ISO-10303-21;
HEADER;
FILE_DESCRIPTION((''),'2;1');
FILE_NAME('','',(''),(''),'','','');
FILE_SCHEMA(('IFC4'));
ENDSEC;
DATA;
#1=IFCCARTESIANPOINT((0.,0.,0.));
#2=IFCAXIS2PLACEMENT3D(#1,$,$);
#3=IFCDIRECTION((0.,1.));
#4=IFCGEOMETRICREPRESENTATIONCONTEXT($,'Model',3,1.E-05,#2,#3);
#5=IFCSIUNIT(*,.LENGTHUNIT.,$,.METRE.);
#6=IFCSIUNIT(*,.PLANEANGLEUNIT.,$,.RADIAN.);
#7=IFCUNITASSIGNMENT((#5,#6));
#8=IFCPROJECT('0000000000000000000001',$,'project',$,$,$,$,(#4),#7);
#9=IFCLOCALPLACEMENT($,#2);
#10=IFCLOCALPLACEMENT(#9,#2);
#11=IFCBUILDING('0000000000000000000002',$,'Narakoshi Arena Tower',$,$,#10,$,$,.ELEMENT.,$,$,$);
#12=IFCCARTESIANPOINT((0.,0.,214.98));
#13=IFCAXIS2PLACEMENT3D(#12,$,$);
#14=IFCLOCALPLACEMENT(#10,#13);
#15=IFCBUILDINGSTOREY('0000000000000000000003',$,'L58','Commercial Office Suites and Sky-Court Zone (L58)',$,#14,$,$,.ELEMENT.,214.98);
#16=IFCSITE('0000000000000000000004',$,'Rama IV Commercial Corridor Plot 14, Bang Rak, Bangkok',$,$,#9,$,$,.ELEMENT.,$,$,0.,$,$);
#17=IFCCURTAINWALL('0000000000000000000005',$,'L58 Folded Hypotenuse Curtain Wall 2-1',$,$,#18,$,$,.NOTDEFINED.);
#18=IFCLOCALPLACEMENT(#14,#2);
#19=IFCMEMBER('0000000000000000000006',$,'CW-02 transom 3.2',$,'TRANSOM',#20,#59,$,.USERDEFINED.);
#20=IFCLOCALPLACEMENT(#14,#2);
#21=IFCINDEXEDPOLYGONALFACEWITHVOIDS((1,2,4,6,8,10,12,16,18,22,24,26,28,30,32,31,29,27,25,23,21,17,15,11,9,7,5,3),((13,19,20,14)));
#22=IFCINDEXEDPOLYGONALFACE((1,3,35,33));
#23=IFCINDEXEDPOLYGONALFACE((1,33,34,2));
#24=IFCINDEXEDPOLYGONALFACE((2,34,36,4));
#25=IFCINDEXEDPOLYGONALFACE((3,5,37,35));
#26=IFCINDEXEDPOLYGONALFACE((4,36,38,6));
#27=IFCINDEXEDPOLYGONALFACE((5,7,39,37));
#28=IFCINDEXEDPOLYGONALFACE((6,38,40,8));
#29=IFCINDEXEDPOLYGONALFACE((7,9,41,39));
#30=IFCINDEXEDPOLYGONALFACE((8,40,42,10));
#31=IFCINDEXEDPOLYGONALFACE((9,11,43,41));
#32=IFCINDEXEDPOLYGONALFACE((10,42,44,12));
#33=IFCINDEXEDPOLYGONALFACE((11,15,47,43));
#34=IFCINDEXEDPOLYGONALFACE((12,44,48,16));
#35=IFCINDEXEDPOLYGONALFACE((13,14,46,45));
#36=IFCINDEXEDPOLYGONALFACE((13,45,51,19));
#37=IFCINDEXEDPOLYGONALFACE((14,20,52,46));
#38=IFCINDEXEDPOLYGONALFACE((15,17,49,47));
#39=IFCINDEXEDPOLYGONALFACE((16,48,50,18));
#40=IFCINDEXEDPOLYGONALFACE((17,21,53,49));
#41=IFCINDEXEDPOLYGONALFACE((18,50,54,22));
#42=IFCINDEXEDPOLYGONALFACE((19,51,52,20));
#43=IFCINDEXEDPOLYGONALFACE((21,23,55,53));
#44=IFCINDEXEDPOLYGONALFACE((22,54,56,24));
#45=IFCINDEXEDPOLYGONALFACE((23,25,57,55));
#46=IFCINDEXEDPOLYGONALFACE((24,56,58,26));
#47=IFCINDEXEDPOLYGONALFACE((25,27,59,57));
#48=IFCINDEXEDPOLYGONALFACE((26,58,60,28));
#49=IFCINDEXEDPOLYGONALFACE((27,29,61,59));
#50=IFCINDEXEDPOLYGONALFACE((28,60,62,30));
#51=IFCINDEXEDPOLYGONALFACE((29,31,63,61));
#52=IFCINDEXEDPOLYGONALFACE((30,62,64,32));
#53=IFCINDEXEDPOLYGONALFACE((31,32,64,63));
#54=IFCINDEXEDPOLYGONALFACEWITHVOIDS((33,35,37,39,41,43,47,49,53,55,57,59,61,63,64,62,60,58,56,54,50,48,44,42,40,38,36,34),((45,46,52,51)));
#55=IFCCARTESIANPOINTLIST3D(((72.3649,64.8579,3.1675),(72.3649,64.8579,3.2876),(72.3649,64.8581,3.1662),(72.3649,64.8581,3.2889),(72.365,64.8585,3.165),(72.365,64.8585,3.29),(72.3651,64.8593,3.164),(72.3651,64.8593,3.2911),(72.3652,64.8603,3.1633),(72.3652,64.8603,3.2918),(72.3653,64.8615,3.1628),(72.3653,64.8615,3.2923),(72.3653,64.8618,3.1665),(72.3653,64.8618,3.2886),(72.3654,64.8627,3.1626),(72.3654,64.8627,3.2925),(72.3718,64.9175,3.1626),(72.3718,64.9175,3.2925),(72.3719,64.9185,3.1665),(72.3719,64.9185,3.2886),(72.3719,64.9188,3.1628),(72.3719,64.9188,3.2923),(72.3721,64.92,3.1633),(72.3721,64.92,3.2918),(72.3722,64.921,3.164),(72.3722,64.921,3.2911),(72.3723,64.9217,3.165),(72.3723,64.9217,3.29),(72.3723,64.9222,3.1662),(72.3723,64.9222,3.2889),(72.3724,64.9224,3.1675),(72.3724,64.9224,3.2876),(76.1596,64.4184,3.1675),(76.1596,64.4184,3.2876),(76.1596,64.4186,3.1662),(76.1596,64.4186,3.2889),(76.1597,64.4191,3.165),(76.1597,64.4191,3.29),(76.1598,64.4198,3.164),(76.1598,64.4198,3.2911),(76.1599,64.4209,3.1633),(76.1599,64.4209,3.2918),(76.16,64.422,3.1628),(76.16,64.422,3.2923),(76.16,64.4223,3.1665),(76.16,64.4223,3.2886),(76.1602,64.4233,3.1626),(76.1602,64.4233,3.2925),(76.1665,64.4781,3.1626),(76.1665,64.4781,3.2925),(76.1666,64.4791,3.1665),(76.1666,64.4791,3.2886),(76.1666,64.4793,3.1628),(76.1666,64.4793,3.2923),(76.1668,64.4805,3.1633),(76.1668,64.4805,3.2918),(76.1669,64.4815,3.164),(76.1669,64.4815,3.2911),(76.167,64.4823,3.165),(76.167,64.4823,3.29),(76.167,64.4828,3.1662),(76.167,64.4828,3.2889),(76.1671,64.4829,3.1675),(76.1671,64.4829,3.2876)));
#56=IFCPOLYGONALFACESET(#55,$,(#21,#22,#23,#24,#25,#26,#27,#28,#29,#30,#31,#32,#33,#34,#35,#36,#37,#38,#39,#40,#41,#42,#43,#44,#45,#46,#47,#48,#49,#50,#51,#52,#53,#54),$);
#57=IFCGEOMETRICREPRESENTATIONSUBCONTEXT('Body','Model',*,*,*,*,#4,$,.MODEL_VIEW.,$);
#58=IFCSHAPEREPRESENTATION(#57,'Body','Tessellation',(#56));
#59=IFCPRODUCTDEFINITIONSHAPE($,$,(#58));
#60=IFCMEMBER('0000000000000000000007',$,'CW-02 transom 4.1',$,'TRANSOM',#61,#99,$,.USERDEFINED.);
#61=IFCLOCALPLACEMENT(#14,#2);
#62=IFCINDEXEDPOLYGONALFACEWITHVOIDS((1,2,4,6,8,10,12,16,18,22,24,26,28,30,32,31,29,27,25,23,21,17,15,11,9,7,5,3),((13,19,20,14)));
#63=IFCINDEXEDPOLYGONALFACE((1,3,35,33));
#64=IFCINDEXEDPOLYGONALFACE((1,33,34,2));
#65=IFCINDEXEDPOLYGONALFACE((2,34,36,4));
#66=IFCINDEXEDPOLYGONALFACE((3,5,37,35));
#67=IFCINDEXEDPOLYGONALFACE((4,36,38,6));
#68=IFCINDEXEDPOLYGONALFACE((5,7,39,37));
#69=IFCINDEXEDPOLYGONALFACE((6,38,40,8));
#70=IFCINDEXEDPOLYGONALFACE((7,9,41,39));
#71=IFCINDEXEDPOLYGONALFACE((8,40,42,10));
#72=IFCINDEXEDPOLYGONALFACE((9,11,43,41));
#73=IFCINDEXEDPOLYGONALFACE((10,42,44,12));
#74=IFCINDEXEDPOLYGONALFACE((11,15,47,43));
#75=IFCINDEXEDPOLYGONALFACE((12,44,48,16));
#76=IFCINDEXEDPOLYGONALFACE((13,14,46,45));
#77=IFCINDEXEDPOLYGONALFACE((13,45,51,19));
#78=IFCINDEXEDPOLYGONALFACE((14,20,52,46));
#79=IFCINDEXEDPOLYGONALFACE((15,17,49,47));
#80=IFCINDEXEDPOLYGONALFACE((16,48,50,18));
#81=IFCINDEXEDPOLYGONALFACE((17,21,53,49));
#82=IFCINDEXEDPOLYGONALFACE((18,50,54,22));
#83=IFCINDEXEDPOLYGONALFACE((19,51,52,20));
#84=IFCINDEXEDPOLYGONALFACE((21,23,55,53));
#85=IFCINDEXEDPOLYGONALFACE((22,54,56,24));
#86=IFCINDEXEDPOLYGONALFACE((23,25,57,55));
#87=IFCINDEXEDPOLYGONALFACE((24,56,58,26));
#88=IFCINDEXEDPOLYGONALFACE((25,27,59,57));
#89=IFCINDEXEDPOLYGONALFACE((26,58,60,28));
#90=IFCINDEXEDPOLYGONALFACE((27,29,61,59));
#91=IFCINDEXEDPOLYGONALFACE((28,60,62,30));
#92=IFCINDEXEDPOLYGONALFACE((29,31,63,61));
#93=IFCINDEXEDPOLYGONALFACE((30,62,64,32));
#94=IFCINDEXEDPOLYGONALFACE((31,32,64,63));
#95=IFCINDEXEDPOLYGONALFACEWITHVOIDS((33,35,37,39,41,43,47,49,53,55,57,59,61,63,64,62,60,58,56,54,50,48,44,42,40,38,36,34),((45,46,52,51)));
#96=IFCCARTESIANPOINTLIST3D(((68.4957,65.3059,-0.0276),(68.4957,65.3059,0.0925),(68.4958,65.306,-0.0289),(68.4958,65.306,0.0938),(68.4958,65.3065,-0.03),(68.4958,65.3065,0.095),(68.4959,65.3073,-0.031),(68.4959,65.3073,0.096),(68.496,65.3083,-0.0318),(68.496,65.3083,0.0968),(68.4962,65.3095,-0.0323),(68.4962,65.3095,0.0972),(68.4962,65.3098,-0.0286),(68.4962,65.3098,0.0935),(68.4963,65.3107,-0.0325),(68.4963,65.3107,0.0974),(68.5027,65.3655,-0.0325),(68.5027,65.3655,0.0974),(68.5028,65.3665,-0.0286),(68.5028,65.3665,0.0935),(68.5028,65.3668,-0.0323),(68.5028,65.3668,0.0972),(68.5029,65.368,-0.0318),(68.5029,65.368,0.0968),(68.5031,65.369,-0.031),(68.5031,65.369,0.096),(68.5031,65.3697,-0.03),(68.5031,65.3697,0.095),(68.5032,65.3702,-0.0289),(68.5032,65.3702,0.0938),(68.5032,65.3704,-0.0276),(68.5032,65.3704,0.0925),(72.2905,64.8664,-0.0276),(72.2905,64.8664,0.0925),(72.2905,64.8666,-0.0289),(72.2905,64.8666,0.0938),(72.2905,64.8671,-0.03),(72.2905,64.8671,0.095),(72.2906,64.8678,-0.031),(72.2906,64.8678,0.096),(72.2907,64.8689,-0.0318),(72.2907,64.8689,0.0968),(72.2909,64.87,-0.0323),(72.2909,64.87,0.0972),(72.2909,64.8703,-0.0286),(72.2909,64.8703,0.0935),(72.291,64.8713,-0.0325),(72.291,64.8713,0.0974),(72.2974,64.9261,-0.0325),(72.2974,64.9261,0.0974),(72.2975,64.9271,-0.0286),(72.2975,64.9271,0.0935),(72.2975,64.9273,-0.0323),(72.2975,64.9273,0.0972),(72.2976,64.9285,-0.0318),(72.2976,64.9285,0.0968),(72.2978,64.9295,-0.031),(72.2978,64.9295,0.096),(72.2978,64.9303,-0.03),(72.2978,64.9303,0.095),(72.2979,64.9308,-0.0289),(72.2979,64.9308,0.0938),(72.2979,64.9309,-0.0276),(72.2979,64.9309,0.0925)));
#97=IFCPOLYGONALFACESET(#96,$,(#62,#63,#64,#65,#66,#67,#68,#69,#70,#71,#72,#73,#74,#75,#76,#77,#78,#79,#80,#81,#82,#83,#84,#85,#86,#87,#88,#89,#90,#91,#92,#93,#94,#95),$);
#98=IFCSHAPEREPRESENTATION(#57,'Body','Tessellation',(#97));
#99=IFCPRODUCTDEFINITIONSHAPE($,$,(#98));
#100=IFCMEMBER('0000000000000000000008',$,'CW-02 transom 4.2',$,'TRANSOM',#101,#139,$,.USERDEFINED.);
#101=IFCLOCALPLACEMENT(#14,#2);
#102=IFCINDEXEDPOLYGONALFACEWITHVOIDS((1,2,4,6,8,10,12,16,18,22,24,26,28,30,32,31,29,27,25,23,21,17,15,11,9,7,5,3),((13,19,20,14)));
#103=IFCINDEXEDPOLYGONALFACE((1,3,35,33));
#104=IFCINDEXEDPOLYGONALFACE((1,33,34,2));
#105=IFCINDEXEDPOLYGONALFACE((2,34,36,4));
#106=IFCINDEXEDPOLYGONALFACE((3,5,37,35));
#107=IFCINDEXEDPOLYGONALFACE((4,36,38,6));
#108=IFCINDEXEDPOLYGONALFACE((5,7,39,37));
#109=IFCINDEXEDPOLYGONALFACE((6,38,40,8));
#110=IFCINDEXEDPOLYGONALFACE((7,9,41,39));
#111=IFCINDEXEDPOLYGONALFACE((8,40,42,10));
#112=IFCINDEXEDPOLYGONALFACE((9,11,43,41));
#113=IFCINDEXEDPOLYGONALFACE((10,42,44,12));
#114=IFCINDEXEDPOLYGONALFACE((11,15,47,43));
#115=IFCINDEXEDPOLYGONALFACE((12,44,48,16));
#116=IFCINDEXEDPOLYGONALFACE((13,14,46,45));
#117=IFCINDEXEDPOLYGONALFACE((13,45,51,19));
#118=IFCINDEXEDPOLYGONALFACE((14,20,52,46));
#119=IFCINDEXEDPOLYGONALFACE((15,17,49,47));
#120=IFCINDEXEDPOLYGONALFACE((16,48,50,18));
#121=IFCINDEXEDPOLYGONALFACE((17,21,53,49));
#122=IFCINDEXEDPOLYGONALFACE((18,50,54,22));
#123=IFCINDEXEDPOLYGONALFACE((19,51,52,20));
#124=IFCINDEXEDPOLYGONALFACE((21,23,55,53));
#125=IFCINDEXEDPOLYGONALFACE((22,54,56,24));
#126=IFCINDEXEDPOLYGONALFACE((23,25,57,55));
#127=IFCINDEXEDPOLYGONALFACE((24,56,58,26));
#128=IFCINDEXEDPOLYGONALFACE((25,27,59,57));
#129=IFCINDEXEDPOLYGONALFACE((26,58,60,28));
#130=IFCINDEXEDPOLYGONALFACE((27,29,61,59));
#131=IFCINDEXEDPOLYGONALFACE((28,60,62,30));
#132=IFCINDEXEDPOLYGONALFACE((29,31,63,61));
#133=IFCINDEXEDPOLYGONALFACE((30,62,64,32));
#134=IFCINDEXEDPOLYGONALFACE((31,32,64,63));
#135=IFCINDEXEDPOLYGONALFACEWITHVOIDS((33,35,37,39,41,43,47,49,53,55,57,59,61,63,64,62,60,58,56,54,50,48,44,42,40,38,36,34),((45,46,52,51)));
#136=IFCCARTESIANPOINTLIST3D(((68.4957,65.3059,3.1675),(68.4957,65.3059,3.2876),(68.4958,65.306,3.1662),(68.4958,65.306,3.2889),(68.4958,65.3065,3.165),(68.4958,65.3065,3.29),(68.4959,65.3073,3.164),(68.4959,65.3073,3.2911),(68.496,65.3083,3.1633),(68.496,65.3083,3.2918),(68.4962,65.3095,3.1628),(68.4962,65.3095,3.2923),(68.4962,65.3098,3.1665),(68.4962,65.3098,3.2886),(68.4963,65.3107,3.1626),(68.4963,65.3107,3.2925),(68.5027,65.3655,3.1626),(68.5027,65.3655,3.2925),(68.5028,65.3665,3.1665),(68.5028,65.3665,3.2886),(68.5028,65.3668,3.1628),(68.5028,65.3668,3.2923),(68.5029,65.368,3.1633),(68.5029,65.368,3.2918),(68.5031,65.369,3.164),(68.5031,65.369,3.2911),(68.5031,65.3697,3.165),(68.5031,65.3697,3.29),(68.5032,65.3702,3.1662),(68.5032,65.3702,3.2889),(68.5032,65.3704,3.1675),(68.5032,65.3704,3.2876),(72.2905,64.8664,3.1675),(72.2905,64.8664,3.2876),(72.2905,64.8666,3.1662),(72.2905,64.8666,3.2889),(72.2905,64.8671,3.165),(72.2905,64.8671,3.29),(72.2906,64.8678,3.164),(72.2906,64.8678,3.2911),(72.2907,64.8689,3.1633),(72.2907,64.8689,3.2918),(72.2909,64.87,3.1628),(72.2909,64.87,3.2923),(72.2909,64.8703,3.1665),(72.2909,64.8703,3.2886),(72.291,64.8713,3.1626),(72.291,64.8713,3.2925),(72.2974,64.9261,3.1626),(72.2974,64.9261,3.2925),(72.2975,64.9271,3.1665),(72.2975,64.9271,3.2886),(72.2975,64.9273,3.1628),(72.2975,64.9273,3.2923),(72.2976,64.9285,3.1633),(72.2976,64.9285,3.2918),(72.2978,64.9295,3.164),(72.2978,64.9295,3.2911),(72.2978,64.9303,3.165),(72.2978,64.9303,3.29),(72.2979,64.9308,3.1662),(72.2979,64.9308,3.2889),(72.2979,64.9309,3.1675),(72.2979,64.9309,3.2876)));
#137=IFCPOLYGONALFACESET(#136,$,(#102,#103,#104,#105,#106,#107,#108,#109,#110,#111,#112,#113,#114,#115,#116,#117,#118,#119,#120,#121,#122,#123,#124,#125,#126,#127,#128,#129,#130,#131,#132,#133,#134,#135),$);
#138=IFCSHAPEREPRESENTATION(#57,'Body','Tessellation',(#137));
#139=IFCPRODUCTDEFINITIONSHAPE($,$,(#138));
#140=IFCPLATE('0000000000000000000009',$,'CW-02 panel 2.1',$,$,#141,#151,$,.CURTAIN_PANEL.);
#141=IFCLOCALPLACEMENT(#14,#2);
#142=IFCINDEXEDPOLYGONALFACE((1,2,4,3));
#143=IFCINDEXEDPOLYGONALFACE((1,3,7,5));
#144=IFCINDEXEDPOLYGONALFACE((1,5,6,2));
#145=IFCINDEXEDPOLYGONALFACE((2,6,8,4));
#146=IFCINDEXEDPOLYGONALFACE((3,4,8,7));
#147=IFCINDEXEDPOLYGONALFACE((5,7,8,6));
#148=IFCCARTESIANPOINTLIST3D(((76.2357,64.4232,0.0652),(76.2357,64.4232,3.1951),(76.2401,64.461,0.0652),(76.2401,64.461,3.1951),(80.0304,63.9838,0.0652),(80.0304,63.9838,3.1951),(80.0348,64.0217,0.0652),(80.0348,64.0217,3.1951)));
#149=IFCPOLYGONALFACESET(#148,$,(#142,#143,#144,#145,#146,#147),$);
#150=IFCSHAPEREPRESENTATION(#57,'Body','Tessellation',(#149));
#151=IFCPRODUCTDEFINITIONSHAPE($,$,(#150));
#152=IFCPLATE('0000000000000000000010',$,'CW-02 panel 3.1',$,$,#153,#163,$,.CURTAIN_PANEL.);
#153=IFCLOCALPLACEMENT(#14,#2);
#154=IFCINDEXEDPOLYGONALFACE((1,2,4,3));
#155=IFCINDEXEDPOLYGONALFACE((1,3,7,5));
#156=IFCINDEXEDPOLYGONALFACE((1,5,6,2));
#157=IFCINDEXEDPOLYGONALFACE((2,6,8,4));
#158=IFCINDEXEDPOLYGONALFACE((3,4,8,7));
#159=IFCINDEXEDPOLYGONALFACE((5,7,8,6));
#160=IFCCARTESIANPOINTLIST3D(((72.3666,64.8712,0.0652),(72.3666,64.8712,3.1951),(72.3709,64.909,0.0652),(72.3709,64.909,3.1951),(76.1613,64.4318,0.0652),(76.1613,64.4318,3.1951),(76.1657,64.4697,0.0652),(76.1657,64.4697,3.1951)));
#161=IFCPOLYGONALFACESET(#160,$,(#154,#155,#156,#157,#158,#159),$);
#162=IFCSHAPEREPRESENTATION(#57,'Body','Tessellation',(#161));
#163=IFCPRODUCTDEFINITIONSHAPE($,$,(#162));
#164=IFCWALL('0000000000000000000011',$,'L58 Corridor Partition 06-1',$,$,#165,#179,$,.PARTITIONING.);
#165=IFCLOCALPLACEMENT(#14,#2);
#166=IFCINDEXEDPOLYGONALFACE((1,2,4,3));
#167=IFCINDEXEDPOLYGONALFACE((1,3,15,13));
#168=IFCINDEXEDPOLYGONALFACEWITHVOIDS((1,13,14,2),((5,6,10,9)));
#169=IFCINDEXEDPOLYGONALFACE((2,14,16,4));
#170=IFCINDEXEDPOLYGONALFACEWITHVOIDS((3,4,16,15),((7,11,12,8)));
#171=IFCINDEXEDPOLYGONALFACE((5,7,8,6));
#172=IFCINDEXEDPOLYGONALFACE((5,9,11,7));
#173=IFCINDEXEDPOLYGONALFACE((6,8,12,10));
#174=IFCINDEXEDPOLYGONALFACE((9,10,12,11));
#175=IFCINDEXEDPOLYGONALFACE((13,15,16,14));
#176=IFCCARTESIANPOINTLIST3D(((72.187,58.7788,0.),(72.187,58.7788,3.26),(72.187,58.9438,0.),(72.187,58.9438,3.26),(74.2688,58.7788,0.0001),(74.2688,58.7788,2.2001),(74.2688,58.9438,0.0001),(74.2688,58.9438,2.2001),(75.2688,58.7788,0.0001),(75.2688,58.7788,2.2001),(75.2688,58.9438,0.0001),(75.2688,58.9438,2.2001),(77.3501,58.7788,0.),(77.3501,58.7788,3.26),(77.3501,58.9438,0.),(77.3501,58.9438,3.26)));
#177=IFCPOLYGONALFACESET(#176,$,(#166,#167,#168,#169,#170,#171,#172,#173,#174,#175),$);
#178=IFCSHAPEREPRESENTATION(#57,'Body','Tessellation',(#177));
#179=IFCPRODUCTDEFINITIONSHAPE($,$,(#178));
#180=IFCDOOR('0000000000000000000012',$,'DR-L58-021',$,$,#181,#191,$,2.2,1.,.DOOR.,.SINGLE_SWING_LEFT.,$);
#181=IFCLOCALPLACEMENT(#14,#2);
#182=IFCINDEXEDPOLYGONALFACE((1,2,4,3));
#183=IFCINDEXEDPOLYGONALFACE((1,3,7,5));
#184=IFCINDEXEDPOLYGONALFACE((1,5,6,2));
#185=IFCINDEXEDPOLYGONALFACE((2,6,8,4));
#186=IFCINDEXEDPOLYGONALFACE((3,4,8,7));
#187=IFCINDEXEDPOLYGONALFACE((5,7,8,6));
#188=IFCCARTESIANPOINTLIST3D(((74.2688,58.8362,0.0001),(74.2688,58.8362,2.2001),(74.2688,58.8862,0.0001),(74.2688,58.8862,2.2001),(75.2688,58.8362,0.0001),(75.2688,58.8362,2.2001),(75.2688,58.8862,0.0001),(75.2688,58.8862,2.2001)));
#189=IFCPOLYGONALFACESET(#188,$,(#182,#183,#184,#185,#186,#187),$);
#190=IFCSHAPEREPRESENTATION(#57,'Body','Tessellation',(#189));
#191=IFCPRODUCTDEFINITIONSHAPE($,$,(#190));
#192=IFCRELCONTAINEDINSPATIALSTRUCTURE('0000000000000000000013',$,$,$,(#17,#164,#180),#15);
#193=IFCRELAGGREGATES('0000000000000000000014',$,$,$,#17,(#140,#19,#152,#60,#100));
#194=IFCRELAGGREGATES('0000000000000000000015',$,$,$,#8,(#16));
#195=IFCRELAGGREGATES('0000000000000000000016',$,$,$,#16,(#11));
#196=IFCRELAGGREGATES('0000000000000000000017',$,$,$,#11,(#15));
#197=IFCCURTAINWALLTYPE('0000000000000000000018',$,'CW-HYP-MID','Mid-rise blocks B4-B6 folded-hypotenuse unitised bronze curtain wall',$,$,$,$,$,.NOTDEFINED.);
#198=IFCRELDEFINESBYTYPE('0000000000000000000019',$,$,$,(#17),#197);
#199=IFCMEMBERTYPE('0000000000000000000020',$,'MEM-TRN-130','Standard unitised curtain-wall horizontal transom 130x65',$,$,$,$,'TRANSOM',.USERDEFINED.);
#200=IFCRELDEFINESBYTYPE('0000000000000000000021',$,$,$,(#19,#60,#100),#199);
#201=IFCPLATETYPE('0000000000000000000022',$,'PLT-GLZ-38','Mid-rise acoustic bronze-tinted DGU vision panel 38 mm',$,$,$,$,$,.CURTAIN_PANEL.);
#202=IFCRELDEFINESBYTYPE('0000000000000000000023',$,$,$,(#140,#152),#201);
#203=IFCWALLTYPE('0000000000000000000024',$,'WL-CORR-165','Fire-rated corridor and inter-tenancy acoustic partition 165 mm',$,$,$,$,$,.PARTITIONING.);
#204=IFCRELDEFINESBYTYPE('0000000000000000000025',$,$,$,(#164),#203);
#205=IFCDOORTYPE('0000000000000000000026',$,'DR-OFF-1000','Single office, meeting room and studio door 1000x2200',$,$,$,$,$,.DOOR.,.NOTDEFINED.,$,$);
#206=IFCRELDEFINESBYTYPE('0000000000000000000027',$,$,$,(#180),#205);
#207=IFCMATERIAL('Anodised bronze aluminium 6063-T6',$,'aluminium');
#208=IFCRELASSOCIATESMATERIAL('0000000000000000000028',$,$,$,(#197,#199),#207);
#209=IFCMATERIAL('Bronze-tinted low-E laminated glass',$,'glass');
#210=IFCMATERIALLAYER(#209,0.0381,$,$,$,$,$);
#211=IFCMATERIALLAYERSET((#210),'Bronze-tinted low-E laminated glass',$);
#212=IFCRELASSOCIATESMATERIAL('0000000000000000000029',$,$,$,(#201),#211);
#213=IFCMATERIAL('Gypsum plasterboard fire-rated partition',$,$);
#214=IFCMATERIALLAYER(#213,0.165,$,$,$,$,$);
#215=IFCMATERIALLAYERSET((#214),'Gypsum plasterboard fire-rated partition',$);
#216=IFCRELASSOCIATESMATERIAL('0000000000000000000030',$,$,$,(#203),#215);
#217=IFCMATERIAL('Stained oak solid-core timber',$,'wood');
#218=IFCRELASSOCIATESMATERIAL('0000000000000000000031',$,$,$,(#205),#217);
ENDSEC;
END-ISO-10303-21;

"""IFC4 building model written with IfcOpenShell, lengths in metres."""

from ifc_helpers import new_model, si_unit, direction, frame, frame_2d, origin, origin_2d, place, context, subcontext, project, spatial, rectangle, hollow_rectangle, extrude, material, layer, layer_set, material_profile, profile_set, type_object, element, fill, aggregate, save


model = new_model("IFC4")

# Units and contexts
model_context = context("Model", 3, precision=1e-05, world=origin(), true_north=direction((0.0, 1.0)))
body_context = subcontext(model_context, "Body", "Model", "MODEL_VIEW")
ifc_project = project(units=[si_unit("LENGTHUNIT", "METRE"), si_unit("PLANEANGLEUNIT", "RADIAN")], contexts=[model_context])

# Site, building, storey
site_placement = place(None, origin())
site = spatial("IfcSite", under=ifc_project, at=site_placement, Name="Rama IV Commercial Corridor Plot 14, Bang Rak, Bangkok", CompositionType="ELEMENT", RefElevation=0.0)
building_placement = place(site_placement, origin())
building = spatial("IfcBuilding", under=site, at=building_placement, Name="Narakoshi Arena Tower", CompositionType="ELEMENT")
storey_placement = place(building_placement, frame((0.0, 0.0, 214.98)))
storey = spatial("IfcBuildingStorey", under=building, at=storey_placement, Name="L58", Description="Commercial Office Suites and Sky-Court Zone (L58)", CompositionType="ELEMENT", Elevation=214.98)

# Curtain wall, members, plates
ifc_material_1 = material(Name="Anodised bronze aluminium 6063-T6", Category="aluminium")
curtain_wall_type = type_object("IfcCurtainWallType", Name="CW-HYP-MID", Description="Mid-rise blocks B4-B6 folded-hypotenuse unitised bronze curtain wall", PredefinedType="NOTDEFINED", material=ifc_material_1)
curtain_wall_placement = place(storey_placement, origin())
curtain_wall = element("IfcCurtainWall", 1, at=curtain_wall_placement, inside=storey, type_object=curtain_wall_type, Name="L58 Folded Hypotenuse Curtain Wall 2-1", PredefinedType="NOTDEFINED")
ifc_material_profile_1 = material_profile(ifc_material_1, hollow_rectangle(XDim=0.0649, YDim=0.1299, WallThickness=0.0039, OuterFilletRadius=0.0049, at=origin_2d()), Name="TRN130x65x4")
ifc_profile_set_1 = profile_set([ifc_material_profile_1], Name="Anodised bronze aluminium 6063-T6")
member_type_1 = type_object("IfcMemberType", Name="MEM-TRN-130", Description="Standard unitised curtain-wall horizontal transom 130x65", ElementType="TRANSOM", PredefinedType="USERDEFINED", material=ifc_profile_set_1)
member_1_placement = place(storey_placement, frame((76.1633, 64.4507, 3.2275), z_axis=(-0.993361, 0.115039, 0.0), x_axis=(-0.115039, -0.993361, 0.0)))
member_1 = element("IfcMember", 2, at=member_1_placement, type_object=member_type_1, Name="CW-02 transom 3.2", ObjectType="TRANSOM", PredefinedType="USERDEFINED", context=body_context, shape_type="SweptSolid", body=[
    extrude(hollow_rectangle(XDim=0.0649, YDim=0.1299, WallThickness=0.0039, OuterFilletRadius=0.0049, at=origin_2d()), origin(), (0.0, 0.0, 1.0), 3.8201),
])
member_2_placement = place(storey_placement, frame((72.2942, 64.8987, 0.0325), z_axis=(-0.993361, 0.115039, 0.0), x_axis=(-0.115039, -0.993361, 0.0)))
member_2 = element("IfcMember", 3, at=member_2_placement, type_object=member_type_1, Name="CW-02 transom 4.1", ObjectType="TRANSOM", PredefinedType="USERDEFINED", context=body_context, shape_type="SweptSolid", body=[
    extrude(hollow_rectangle(XDim=0.0649, YDim=0.1299, WallThickness=0.0039, OuterFilletRadius=0.0049, at=origin_2d()), origin(), (0.0, 0.0, 1.0), 3.8201),
])
member_3_placement = place(storey_placement, frame((72.2942, 64.8987, 3.2275), z_axis=(-0.993361, 0.115039, 0.0), x_axis=(-0.115039, -0.993361, 0.0)))
member_3 = element("IfcMember", 4, at=member_3_placement, type_object=member_type_1, Name="CW-02 transom 4.2", ObjectType="TRANSOM", PredefinedType="USERDEFINED", context=body_context, shape_type="SweptSolid", body=[
    extrude(hollow_rectangle(XDim=0.0649, YDim=0.1299, WallThickness=0.0039, OuterFilletRadius=0.0049, at=origin_2d()), origin(), (0.0, 0.0, 1.0), 3.8201),
])
ifc_material_2 = material(Name="Bronze-tinted low-E laminated glass", Category="glass")
ifc_layer_1 = layer(ifc_material_2, 0.0381)
ifc_layer_set_1 = layer_set([ifc_layer_1], Name="Bronze-tinted low-E laminated glass")
plate_type = type_object("IfcPlateType", Name="PLT-GLZ-38", Description="Mid-rise acoustic bronze-tinted DGU vision panel 38 mm", PredefinedType="CURTAIN_PANEL", material=ifc_layer_set_1)
plate_1_placement = place(storey_placement, frame((78.1353, 64.2224, 0.0652), z_axis=(0.0, 0.0, 1.0), x_axis=(-0.993364, 0.115011, 0.0)))
plate_1 = element("IfcPlate", 5, at=plate_1_placement, type_object=plate_type, Name="CW-02 panel 2.1", PredefinedType="CURTAIN_PANEL", context=body_context, shape_type="SweptSolid", body=[
    extrude(rectangle(XDim=3.8201, YDim=0.0381, at=origin_2d()), origin(), (0.0, 0.0, 1.0), 3.1299),
])
plate_2_placement = place(storey_placement, frame((74.2661, 64.6704, 0.0652), z_axis=(0.0, 0.0, 1.0), x_axis=(-0.993364, 0.115011, 0.0)))
plate_2 = element("IfcPlate", 6, at=plate_2_placement, type_object=plate_type, Name="CW-02 panel 3.1", PredefinedType="CURTAIN_PANEL", context=body_context, shape_type="SweptSolid", body=[
    extrude(rectangle(XDim=3.8201, YDim=0.0381, at=origin_2d()), origin(), (0.0, 0.0, 1.0), 3.1299),
])
aggregate(curtain_wall, [plate_1, member_1, plate_2, member_2, member_3])

# Wall, opening, door
ifc_material_3 = material(Name="Gypsum plasterboard fire-rated partition")
ifc_layer_2 = layer(ifc_material_3, 0.165)
ifc_layer_set_2 = layer_set([ifc_layer_2], Name="Gypsum plasterboard fire-rated partition")
wall_type_1 = type_object("IfcWallType", Name="WL-CORR-165", Description="Fire-rated corridor and inter-tenancy acoustic partition 165 mm", PredefinedType="PARTITIONING", material=ifc_layer_set_2)
wall_1_placement = place(storey_placement, frame((77.3501, 58.8613, 0.0), z_axis=(0.0, 0.0, 1.0), x_axis=(-1.0, 0.0, 0.0)))
wall_1 = element("IfcWall", 7, at=wall_1_placement, inside=storey, type_object=wall_type_1, Name="L58 Corridor Partition 06-1", PredefinedType="PARTITIONING", context=body_context, shape_type="SweptSolid", body=[
    extrude(rectangle(XDim=5.1631, YDim=0.165, at=frame_2d((2.5815, 0.0))), origin(), (0.0, 0.0, 1.0), 3.26),
])
opening_placement = place(wall_1_placement, frame((2.0813, 0.0, 0.0)))
opening = element("IfcOpeningElement", 8, at=opening_placement, cuts=wall_1, PredefinedType="OPENING", context=body_context, shape_type="SweptSolid", body=[
    extrude(rectangle(XDim=1.0, YDim=2.2, at=frame_2d((0.5, 1.1001))), frame((0.0, 0.0925, 0.0), z_axis=(0.0, -1.0, 0.0), x_axis=(1.0, 0.0, 0.0)), (0.0, 0.0, 1.0), 0.1851),
])
ifc_material_4 = material(Name="Stained oak solid-core timber", Category="wood")
door_type = type_object("IfcDoorType", Name="DR-OFF-1000", Description="Single office, meeting room and studio door 1000x2200", OperationType="NOTDEFINED", PredefinedType="DOOR", material=ifc_material_4)
door_placement = place(opening_placement, frame((1.0, 0.0, 0.0), z_axis=(0.0, 0.0, 1.0), x_axis=(-1.0, 0.0, 0.0)))
door = element("IfcDoor", 9, at=door_placement, inside=storey, type_object=door_type, Name="DR-L58-021", OperationType="SINGLE_SWING_LEFT", OverallHeight=2.2, OverallWidth=1.0, PredefinedType="DOOR", context=body_context, shape_type="SweptSolid", body=[
    extrude(rectangle(XDim=1.0, YDim=2.2, at=frame_2d((0.5, 1.1001))), frame((0.0, 0.0249, 0.0), z_axis=(0.0, -1.0, 0.0), x_axis=(1.0, 0.0, 0.0)), (0.0, 0.0, 1.0), 0.05),
])
fill(opening, door)

save(model, "model.ifc")
